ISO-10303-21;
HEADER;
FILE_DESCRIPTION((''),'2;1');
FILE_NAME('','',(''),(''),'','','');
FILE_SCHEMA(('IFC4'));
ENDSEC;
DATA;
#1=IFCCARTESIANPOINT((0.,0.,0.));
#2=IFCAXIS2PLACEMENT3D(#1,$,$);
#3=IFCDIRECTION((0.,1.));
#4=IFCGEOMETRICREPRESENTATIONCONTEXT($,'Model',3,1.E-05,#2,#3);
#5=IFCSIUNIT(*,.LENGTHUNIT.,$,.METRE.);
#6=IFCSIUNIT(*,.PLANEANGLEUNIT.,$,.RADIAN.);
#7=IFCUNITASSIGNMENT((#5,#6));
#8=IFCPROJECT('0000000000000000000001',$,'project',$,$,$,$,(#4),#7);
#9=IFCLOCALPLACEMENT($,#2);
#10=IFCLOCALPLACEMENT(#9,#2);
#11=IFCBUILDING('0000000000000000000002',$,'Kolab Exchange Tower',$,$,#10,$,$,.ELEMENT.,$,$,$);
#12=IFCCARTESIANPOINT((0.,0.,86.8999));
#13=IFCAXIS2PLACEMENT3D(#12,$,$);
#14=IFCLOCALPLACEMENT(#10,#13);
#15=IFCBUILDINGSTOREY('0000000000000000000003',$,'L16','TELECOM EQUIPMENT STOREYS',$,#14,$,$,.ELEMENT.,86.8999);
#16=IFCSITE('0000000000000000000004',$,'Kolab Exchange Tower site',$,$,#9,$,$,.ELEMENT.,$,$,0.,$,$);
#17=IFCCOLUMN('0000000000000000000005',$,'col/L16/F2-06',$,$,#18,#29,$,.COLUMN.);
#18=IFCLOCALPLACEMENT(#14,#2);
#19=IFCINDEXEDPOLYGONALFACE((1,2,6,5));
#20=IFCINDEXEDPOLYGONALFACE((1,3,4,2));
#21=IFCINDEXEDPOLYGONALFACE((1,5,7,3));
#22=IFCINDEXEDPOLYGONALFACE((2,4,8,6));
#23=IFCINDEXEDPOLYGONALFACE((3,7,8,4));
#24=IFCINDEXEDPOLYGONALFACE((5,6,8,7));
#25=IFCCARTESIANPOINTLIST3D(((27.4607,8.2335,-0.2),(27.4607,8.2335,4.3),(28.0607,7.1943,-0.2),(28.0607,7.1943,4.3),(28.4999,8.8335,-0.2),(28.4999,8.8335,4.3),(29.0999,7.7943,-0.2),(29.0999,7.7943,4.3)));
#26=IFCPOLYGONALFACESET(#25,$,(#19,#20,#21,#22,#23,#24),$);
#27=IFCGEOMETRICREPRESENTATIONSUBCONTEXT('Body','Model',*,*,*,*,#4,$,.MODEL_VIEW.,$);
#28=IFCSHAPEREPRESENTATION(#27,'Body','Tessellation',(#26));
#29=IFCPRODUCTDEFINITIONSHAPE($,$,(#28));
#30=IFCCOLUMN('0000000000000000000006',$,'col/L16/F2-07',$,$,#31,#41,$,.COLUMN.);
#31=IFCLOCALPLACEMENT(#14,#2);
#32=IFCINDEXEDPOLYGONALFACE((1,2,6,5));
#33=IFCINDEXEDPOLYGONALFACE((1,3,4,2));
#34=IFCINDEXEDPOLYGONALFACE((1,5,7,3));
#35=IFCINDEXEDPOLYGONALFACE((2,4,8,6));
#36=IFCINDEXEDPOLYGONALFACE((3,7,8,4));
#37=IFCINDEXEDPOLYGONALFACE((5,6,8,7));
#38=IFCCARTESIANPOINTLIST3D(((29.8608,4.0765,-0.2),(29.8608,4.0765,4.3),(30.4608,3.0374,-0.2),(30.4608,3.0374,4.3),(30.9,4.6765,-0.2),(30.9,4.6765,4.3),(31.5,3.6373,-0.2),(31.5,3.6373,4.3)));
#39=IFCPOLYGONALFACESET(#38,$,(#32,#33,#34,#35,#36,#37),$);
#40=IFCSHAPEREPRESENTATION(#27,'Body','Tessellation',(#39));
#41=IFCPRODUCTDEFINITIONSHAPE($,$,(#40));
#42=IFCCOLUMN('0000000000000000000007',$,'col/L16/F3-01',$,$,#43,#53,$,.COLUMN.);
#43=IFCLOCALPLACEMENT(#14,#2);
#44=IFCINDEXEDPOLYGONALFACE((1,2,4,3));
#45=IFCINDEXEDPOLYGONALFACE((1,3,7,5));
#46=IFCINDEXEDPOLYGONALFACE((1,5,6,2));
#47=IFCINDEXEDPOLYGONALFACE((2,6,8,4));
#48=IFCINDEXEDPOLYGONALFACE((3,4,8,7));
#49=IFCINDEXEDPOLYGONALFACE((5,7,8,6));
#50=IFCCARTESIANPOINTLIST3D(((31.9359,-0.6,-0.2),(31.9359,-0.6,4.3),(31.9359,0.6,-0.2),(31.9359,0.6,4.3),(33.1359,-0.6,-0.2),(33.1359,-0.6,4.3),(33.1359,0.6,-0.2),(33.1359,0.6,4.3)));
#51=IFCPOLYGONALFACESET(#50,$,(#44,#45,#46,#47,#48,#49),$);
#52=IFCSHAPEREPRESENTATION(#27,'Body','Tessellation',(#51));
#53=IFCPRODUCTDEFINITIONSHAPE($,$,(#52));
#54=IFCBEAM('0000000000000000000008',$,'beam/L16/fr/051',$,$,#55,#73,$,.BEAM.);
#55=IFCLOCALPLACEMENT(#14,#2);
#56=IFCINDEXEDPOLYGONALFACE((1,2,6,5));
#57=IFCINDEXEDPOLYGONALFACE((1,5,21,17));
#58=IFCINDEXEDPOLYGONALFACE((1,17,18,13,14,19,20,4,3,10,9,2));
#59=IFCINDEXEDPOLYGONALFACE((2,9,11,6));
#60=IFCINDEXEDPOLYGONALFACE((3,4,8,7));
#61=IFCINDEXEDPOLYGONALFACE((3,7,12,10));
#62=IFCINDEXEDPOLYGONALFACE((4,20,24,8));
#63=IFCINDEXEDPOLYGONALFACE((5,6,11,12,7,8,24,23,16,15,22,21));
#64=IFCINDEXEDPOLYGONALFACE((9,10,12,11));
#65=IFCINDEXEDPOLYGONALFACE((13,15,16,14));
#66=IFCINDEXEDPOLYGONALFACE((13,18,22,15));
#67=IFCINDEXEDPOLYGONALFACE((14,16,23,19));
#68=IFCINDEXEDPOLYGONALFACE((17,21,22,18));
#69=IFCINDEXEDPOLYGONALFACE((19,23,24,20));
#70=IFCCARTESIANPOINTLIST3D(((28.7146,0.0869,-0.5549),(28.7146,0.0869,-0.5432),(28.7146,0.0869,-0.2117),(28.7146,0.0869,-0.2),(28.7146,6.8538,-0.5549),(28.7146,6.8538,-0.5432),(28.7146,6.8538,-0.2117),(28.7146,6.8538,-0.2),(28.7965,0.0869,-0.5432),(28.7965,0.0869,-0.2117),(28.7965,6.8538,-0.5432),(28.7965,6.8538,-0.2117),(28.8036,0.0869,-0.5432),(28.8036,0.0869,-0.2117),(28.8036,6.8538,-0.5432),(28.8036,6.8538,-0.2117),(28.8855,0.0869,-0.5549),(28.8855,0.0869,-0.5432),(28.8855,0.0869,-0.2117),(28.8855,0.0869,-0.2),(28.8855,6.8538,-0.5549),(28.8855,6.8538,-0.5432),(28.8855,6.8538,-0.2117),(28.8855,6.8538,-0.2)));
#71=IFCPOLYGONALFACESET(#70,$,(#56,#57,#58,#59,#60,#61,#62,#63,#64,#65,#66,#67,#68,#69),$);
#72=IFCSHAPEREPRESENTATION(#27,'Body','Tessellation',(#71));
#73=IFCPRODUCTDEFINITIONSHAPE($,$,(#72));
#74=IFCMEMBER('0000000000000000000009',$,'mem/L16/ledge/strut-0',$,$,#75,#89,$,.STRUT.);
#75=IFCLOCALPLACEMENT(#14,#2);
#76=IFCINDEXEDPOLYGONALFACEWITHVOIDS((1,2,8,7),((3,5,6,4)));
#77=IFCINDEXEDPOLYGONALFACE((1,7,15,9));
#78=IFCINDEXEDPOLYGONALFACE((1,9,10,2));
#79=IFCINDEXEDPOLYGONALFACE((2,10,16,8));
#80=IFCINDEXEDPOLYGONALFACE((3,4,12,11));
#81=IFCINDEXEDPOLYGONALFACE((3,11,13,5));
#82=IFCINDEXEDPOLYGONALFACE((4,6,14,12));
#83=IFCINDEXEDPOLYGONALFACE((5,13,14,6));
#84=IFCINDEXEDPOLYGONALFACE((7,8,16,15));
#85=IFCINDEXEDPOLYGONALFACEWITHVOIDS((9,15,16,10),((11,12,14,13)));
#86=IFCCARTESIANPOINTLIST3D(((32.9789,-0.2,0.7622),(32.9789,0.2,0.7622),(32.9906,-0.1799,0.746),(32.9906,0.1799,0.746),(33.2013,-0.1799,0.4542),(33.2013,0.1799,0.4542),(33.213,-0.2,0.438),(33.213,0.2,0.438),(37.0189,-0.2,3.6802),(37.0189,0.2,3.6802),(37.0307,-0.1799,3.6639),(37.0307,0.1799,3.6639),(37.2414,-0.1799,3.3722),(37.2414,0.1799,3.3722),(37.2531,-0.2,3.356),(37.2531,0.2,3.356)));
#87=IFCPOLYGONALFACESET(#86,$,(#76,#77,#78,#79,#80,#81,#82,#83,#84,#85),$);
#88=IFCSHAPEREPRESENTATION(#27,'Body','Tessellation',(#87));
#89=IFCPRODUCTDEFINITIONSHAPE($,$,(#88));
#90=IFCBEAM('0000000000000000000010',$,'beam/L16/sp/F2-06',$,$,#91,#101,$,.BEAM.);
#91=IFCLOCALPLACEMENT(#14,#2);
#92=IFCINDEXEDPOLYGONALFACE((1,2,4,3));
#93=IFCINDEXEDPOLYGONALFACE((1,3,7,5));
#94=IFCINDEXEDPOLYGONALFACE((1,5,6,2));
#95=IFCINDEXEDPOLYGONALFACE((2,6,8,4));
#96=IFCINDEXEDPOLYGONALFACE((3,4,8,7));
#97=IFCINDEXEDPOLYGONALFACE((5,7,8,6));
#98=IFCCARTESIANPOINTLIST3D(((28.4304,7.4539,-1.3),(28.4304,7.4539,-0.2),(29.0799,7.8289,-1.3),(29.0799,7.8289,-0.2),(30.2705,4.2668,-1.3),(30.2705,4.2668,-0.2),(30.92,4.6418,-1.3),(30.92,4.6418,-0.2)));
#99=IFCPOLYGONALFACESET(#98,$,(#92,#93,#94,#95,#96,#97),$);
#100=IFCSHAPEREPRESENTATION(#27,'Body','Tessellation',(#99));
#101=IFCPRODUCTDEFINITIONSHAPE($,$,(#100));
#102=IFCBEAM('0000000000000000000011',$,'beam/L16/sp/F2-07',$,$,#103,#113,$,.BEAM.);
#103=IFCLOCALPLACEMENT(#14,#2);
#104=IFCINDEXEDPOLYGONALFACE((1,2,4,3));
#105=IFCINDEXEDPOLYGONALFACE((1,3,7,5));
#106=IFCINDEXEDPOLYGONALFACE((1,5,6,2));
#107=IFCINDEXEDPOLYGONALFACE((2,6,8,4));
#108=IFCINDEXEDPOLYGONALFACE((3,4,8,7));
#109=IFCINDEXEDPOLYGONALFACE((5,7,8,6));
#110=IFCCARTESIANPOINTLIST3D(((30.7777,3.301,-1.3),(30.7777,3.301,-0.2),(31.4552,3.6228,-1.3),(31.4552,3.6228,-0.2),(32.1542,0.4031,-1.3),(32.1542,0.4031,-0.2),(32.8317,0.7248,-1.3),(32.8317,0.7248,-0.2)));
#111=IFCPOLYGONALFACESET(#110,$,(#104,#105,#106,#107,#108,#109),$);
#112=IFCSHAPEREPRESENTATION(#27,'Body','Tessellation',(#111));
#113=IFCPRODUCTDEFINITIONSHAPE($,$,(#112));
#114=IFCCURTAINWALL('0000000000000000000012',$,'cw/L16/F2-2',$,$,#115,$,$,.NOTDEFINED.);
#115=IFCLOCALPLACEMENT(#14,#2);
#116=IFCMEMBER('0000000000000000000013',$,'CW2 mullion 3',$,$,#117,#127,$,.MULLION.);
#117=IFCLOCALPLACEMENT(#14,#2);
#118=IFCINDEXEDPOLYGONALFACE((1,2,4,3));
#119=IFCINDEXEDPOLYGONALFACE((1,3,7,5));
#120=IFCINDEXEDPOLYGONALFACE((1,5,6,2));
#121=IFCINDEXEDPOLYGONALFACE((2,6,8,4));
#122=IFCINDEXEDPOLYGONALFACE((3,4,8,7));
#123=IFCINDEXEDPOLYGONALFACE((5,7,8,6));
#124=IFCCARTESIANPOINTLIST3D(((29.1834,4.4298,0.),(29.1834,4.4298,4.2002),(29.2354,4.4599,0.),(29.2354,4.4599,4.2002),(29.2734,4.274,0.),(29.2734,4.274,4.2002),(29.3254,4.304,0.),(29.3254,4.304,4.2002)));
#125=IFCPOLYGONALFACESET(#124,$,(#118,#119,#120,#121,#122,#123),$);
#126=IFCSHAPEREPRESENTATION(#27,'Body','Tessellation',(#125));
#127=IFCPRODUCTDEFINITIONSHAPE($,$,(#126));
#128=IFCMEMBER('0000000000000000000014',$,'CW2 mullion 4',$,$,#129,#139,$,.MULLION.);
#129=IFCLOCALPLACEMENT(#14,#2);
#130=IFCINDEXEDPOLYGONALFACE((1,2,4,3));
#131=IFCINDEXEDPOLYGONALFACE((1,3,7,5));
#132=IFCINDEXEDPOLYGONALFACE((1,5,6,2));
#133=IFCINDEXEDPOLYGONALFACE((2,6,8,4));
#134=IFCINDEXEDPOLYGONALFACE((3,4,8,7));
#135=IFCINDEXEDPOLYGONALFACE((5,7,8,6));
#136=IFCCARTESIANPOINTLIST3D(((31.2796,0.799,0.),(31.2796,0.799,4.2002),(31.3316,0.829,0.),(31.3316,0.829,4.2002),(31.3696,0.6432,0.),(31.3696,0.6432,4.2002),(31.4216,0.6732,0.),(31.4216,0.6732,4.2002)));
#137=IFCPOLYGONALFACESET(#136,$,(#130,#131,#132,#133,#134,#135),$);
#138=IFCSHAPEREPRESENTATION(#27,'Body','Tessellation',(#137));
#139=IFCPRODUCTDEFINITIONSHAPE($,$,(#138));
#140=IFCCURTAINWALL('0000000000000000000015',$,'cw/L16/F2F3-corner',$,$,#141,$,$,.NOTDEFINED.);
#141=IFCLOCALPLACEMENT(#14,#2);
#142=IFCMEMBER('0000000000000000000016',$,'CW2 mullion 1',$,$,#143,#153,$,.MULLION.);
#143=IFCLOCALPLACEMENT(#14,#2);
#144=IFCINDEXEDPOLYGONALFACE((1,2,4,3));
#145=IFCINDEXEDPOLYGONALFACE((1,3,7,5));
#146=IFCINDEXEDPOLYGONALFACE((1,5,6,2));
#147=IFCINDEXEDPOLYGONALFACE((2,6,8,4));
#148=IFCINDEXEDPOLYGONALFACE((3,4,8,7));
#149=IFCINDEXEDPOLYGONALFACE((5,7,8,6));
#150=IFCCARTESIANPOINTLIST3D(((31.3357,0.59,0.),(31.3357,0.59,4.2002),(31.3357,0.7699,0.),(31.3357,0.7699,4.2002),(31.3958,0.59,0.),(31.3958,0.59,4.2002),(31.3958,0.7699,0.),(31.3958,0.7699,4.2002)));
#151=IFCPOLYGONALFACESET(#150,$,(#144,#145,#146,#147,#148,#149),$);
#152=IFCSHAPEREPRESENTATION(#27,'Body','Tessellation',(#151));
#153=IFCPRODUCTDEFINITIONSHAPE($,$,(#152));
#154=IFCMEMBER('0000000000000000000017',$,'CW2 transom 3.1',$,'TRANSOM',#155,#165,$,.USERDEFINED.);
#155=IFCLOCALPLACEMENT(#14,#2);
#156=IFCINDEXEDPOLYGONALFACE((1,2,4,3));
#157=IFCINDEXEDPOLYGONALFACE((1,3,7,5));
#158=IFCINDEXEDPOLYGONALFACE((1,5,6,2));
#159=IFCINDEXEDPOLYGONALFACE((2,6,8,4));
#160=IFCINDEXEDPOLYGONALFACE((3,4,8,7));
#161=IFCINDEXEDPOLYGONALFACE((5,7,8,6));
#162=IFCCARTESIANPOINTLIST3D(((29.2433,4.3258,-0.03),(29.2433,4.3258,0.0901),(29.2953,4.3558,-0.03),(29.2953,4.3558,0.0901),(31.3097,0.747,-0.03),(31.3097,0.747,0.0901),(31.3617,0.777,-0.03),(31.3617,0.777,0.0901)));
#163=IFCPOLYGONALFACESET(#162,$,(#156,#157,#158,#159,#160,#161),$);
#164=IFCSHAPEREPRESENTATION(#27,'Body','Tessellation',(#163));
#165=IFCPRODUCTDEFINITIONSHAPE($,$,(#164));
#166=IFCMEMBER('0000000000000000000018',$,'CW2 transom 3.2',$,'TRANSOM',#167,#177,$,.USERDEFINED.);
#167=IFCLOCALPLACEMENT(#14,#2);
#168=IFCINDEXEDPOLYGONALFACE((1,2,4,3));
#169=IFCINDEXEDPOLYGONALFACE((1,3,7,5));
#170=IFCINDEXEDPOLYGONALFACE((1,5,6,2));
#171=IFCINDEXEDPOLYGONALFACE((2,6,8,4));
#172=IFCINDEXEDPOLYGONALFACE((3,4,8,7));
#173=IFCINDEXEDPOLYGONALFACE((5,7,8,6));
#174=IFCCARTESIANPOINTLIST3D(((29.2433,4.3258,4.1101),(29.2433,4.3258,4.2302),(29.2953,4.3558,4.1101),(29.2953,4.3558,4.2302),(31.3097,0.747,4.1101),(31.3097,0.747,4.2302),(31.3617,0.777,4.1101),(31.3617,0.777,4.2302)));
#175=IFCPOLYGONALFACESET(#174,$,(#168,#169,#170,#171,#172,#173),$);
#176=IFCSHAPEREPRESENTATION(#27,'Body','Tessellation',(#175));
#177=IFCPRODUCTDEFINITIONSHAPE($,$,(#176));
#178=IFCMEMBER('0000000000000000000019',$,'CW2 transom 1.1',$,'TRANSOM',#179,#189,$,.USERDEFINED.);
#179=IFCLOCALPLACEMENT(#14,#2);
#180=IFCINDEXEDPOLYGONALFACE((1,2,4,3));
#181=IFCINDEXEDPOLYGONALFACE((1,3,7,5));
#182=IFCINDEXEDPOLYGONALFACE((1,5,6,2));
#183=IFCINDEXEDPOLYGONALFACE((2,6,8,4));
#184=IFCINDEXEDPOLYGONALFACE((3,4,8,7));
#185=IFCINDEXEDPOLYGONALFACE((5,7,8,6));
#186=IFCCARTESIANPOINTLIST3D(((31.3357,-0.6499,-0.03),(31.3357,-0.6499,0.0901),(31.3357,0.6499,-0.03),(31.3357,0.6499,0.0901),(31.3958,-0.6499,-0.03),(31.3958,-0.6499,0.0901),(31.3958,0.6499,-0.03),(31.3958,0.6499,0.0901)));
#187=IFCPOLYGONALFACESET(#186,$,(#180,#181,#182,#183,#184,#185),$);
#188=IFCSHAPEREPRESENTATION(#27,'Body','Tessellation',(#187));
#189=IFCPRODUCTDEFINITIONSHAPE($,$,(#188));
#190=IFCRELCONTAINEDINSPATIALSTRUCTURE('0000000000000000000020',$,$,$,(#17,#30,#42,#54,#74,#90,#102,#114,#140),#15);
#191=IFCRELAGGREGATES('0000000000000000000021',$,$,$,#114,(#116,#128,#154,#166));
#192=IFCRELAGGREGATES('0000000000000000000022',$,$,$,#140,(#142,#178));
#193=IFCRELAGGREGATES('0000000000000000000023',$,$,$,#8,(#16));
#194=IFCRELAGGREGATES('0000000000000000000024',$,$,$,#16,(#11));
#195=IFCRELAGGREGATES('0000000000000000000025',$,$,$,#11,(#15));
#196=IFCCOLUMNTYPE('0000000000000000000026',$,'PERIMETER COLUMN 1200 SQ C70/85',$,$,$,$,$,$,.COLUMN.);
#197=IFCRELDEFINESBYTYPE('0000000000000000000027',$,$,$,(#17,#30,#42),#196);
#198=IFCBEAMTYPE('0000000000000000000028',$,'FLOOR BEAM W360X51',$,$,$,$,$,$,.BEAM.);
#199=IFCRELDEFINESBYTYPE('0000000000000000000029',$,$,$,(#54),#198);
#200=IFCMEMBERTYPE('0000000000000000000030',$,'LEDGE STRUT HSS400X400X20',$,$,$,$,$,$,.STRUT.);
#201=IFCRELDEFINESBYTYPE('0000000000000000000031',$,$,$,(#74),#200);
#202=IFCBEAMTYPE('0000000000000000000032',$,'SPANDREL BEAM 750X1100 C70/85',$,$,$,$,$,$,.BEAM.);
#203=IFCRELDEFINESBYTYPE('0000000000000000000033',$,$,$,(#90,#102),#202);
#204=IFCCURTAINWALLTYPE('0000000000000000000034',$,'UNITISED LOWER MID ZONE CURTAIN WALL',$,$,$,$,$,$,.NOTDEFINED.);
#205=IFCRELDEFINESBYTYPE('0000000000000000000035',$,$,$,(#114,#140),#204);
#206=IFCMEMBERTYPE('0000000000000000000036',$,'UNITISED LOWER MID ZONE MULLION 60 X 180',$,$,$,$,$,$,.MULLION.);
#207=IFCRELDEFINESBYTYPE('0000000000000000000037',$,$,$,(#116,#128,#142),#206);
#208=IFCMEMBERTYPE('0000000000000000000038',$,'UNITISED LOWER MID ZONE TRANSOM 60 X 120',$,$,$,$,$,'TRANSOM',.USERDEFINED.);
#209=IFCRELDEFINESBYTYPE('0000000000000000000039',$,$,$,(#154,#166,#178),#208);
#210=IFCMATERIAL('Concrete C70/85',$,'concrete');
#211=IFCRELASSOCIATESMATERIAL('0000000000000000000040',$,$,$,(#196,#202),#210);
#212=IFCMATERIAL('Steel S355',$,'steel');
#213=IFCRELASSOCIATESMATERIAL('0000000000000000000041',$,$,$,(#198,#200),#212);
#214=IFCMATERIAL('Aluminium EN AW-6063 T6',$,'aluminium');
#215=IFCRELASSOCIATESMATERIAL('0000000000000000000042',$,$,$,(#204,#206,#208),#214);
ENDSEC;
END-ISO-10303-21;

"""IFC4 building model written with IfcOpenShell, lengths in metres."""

from ifc_helpers import new_model, si_unit, direction, frame, origin, origin_2d, place, context, subcontext, project, spatial, rectangle, hollow_rectangle, i_section, extrude, material, material_profile, profile_set, type_object, element, aggregate, save


model = new_model("IFC4")

# Units and contexts
model_context = context("Model", 3, precision=1e-05, world=origin(), true_north=direction((0.0, 1.0)))
body_context = subcontext(model_context, "Body", "Model", "MODEL_VIEW")
ifc_project = project(units=[si_unit("LENGTHUNIT", "METRE"), si_unit("PLANEANGLEUNIT", "RADIAN")], contexts=[model_context])

# Site, building, storey
site_placement = place(None, origin())
site = spatial("IfcSite", under=ifc_project, at=site_placement, Name="Kolab Exchange Tower site", CompositionType="ELEMENT", RefElevation=0.0)
building_placement = place(site_placement, origin())
building = spatial("IfcBuilding", under=site, at=building_placement, Name="Kolab Exchange Tower", CompositionType="ELEMENT")
storey_placement = place(building_placement, frame((0.0, 0.0, 86.8999)))
storey = spatial("IfcBuildingStorey", under=building, at=storey_placement, Name="L16", Description="TELECOM EQUIPMENT STOREYS", CompositionType="ELEMENT", Elevation=86.8999)

# Columns
ifc_material_1 = material(Name="Concrete C70/85", Category="concrete")
ifc_material_profile_1 = material_profile(ifc_material_1, rectangle(XDim=1.2, YDim=1.2, at=origin_2d()), Name="RC1200")
ifc_profile_set_1 = profile_set([ifc_material_profile_1], Name="Concrete C70/85")
column_type = type_object("IfcColumnType", Name="PERIMETER COLUMN 1200 SQ C70/85", PredefinedType="COLUMN", material=ifc_profile_set_1)
for number, where, z_axis, x_axis, name in (
    (1, (28.2803, 8.0139, -0.2), (0.0, 0.0, 1.0), (0.866025, 0.5, 0.0), "col/L16/F2-06"),
    (2, (30.6804, 3.8569, -0.2), (0.0, 0.0, 1.0), (0.866025, 0.5, 0.0), "col/L16/F2-07"),
    (3, (32.5359, 0.0, -0.2), (0.0, 0.0, 1.0), (1.0, 0.0, 0.0), "col/L16/F3-01"),
):
    element("IfcColumn", number, at=place(storey_placement, frame(where, z_axis=z_axis, x_axis=x_axis)), inside=storey, type_object=column_type, Name=name, PredefinedType="COLUMN", context=body_context, shape_type="SweptSolid", body=[
        extrude(rectangle(XDim=1.2, YDim=1.2, at=origin_2d()), origin(), (0.0, 0.0, 1.0), 4.5),
    ])

# Beam
ifc_material_2 = material(Name="Steel S355", Category="steel")
ifc_material_profile_2 = material_profile(ifc_material_2, i_section(OverallWidth=0.1709, OverallDepth=0.355, WebThickness=0.0071, FlangeThickness=0.0117, at=origin_2d()), Name="W360X51")
ifc_profile_set_2 = profile_set([ifc_material_profile_2], Name="Steel S355")
beam_type_1 = type_object("IfcBeamType", Name="FLOOR BEAM W360X51", PredefinedType="BEAM", material=ifc_profile_set_2)
beam_1_placement = place(storey_placement, frame((28.8, 0.0869, -0.3774), z_axis=(0.0, 1.0, 0.0), x_axis=(-1.0, 0.0, 0.0)))
element("IfcBeam", 4, at=beam_1_placement, inside=storey, type_object=beam_type_1, Name="beam/L16/fr/051", PredefinedType="BEAM", context=body_context, shape_type="SweptSolid", body=[
    extrude(i_section(OverallWidth=0.1709, OverallDepth=0.355, WebThickness=0.0071, FlangeThickness=0.0117, at=origin_2d()), origin(), (0.0, 0.0, 1.0), 6.7668),
])

# Member
ifc_material_profile_3 = material_profile(ifc_material_2, hollow_rectangle(XDim=0.3999, YDim=0.3999, WallThickness=0.02, at=origin_2d()), Name="HSS400X400X20")
ifc_profile_set_3 = profile_set([ifc_material_profile_3], Name="Steel S355")
member_type_1 = type_object("IfcMemberType", Name="LEDGE STRUT HSS400X400X20", PredefinedType="STRUT", material=ifc_profile_set_3)
member_1_placement = place(storey_placement, frame((33.0959, 0.0, 0.6001), z_axis=(0.810664, 0.0, 0.585512), x_axis=(0.0, 1.0, 0.0)))
element("IfcMember", 5, at=member_1_placement, inside=storey, type_object=member_type_1, Name="mem/L16/ledge/strut-0", PredefinedType="STRUT", context=body_context, shape_type="SweptSolid", body=[
    extrude(hollow_rectangle(XDim=0.3999, YDim=0.3999, WallThickness=0.02, at=origin_2d()), origin(), (0.0, 0.0, 1.0), 4.9836),
])

# Beams
ifc_material_profile_4 = material_profile(ifc_material_1, rectangle(XDim=0.75, YDim=1.1001, at=origin_2d()), Name="RC750X1100")
ifc_profile_set_4 = profile_set([ifc_material_profile_4], Name="Concrete C70/85")
beam_type_2 = type_object("IfcBeamType", Name="SPANDREL BEAM 750X1100 C70/85", PredefinedType="BEAM", material=ifc_profile_set_4)
beam_2_placement = place(storey_placement, frame((28.7551, 7.6414, -0.75), z_axis=(0.500013, -0.866018, 0.0), x_axis=(0.866018, 0.500013, 0.0)))
element("IfcBeam", 6, at=beam_2_placement, inside=storey, type_object=beam_type_2, Name="beam/L16/sp/F2-06", PredefinedType="BEAM", context=body_context, shape_type="SweptSolid", body=[
    extrude(rectangle(XDim=0.75, YDim=1.1001, at=origin_2d()), origin(), (0.0, 0.0, 1.0), 3.6802),
])
beam_3_placement = place(storey_placement, frame((31.1165, 3.4619, -0.75), z_axis=(0.429041, -0.903285, 0.0), x_axis=(0.903285, 0.429041, 0.0)))
element("IfcBeam", 7, at=beam_3_placement, inside=storey, type_object=beam_type_2, Name="beam/L16/sp/F2-07", PredefinedType="BEAM", context=body_context, shape_type="SweptSolid", body=[
    extrude(rectangle(XDim=0.75, YDim=1.1001, at=origin_2d()), origin(), (0.0, 0.0, 1.0), 3.2083),
])

# Curtain wall, members
ifc_material_3 = material(Name="Aluminium EN AW-6063 T6", Category="aluminium")
curtain_wall_type = type_object("IfcCurtainWallType", Name="UNITISED LOWER MID ZONE CURTAIN WALL", PredefinedType="NOTDEFINED", material=ifc_material_3)
curtain_wall_1_placement = place(storey_placement, origin())
curtain_wall_1 = element("IfcCurtainWall", 8, at=curtain_wall_1_placement, inside=storey, type_object=curtain_wall_type, Name="cw/L16/F2-2", PredefinedType="NOTDEFINED")
ifc_material_profile_5 = material_profile(ifc_material_3, rectangle(XDim=0.0601, YDim=0.1799, at=origin_2d()), Name="RECT 60X180")
ifc_profile_set_5 = profile_set([ifc_material_profile_5], Name="Aluminium EN AW-6063 T6")
member_type_2 = type_object("IfcMemberType", Name="UNITISED LOWER MID ZONE MULLION 60 X 180", PredefinedType="MULLION", material=ifc_profile_set_5)
member_2_placement = place(storey_placement, frame((29.2544, 4.3669, 0.0), z_axis=(0.0, 0.0, 1.0), x_axis=(0.866025, 0.5, 0.0)))
member_2 = element("IfcMember", 9, at=member_2_placement, type_object=member_type_2, Name="CW2 mullion 3", PredefinedType="MULLION", context=body_context, shape_type="SweptSolid", body=[
    extrude(rectangle(XDim=0.0601, YDim=0.1799, at=origin_2d()), origin(), (0.0, 0.0, 1.0), 4.2002),
])
member_3_placement = place(storey_placement, frame((31.3506, 0.7361, 0.0), z_axis=(0.0, 0.0, 1.0), x_axis=(0.866025, 0.5, 0.0)))
member_3 = element("IfcMember", 10, at=member_3_placement, type_object=member_type_2, Name="CW2 mullion 4", PredefinedType="MULLION", context=body_context, shape_type="SweptSolid", body=[
    extrude(rectangle(XDim=0.0601, YDim=0.1799, at=origin_2d()), origin(), (0.0, 0.0, 1.0), 4.2002),
])

# Curtain wall, member
curtain_wall_2_placement = place(storey_placement, origin())
curtain_wall_2 = element("IfcCurtainWall", 11, at=curtain_wall_2_placement, inside=storey, type_object=curtain_wall_type, Name="cw/L16/F2F3-corner", PredefinedType="NOTDEFINED")
member_4_placement = place(storey_placement, frame((31.3657, 0.6799, 0.0), z_axis=(0.0, 0.0, 1.0), x_axis=(1.0, 0.0, 0.0)))
member_4 = element("IfcMember", 12, at=member_4_placement, type_object=member_type_2, Name="CW2 mullion 1", PredefinedType="MULLION", context=body_context, shape_type="SweptSolid", body=[
    extrude(rectangle(XDim=0.0601, YDim=0.1799, at=origin_2d()), origin(), (0.0, 0.0, 1.0), 4.2002),
])

# Members
ifc_material_profile_6 = material_profile(ifc_material_3, rectangle(XDim=0.0601, YDim=0.1201, at=origin_2d()), Name="RECT 60X120")
ifc_profile_set_6 = profile_set([ifc_material_profile_6], Name="Aluminium EN AW-6063 T6")
member_type_3 = type_object("IfcMemberType", Name="UNITISED LOWER MID ZONE TRANSOM 60 X 120", ElementType="TRANSOM", PredefinedType="USERDEFINED", material=ifc_profile_set_6)
member_5_placement = place(storey_placement, frame((29.2693, 4.3408, 0.03), z_axis=(0.500028, -0.866009, 0.0), x_axis=(0.866009, 0.500028, 0.0)))
member_5 = element("IfcMember", 13, at=member_5_placement, type_object=member_type_3, Name="CW2 transom 3.1", ObjectType="TRANSOM", PredefinedType="USERDEFINED", context=body_context, shape_type="SweptSolid", body=[
    extrude(rectangle(XDim=0.0601, YDim=0.1201, at=origin_2d()), origin(), (0.0, 0.0, 1.0), 4.1326),
])
member_6_placement = place(storey_placement, frame((29.2693, 4.3408, 4.1702), z_axis=(0.500028, -0.866009, 0.0), x_axis=(0.866009, 0.500028, 0.0)))
member_6 = element("IfcMember", 14, at=member_6_placement, type_object=member_type_3, Name="CW2 transom 3.2", ObjectType="TRANSOM", PredefinedType="USERDEFINED", context=body_context, shape_type="SweptSolid", body=[
    extrude(rectangle(XDim=0.0601, YDim=0.1201, at=origin_2d()), origin(), (0.0, 0.0, 1.0), 4.1326),
])
member_7_placement = place(storey_placement, frame((31.3657, 0.6499, 0.03), z_axis=(0.0, -1.0, 0.0), x_axis=(1.0, 0.0, 0.0)))
member_7 = element("IfcMember", 15, at=member_7_placement, type_object=member_type_3, Name="CW2 transom 1.1", ObjectType="TRANSOM", PredefinedType="USERDEFINED", context=body_context, shape_type="SweptSolid", body=[
    extrude(rectangle(XDim=0.0601, YDim=0.1201, at=origin_2d()), origin(), (0.0, 0.0, 1.0), 1.2998),
])

aggregate(curtain_wall_1, [member_2, member_3, member_5, member_6])
aggregate(curtain_wall_2, [member_4, member_7])

save(model, "model.ifc")
